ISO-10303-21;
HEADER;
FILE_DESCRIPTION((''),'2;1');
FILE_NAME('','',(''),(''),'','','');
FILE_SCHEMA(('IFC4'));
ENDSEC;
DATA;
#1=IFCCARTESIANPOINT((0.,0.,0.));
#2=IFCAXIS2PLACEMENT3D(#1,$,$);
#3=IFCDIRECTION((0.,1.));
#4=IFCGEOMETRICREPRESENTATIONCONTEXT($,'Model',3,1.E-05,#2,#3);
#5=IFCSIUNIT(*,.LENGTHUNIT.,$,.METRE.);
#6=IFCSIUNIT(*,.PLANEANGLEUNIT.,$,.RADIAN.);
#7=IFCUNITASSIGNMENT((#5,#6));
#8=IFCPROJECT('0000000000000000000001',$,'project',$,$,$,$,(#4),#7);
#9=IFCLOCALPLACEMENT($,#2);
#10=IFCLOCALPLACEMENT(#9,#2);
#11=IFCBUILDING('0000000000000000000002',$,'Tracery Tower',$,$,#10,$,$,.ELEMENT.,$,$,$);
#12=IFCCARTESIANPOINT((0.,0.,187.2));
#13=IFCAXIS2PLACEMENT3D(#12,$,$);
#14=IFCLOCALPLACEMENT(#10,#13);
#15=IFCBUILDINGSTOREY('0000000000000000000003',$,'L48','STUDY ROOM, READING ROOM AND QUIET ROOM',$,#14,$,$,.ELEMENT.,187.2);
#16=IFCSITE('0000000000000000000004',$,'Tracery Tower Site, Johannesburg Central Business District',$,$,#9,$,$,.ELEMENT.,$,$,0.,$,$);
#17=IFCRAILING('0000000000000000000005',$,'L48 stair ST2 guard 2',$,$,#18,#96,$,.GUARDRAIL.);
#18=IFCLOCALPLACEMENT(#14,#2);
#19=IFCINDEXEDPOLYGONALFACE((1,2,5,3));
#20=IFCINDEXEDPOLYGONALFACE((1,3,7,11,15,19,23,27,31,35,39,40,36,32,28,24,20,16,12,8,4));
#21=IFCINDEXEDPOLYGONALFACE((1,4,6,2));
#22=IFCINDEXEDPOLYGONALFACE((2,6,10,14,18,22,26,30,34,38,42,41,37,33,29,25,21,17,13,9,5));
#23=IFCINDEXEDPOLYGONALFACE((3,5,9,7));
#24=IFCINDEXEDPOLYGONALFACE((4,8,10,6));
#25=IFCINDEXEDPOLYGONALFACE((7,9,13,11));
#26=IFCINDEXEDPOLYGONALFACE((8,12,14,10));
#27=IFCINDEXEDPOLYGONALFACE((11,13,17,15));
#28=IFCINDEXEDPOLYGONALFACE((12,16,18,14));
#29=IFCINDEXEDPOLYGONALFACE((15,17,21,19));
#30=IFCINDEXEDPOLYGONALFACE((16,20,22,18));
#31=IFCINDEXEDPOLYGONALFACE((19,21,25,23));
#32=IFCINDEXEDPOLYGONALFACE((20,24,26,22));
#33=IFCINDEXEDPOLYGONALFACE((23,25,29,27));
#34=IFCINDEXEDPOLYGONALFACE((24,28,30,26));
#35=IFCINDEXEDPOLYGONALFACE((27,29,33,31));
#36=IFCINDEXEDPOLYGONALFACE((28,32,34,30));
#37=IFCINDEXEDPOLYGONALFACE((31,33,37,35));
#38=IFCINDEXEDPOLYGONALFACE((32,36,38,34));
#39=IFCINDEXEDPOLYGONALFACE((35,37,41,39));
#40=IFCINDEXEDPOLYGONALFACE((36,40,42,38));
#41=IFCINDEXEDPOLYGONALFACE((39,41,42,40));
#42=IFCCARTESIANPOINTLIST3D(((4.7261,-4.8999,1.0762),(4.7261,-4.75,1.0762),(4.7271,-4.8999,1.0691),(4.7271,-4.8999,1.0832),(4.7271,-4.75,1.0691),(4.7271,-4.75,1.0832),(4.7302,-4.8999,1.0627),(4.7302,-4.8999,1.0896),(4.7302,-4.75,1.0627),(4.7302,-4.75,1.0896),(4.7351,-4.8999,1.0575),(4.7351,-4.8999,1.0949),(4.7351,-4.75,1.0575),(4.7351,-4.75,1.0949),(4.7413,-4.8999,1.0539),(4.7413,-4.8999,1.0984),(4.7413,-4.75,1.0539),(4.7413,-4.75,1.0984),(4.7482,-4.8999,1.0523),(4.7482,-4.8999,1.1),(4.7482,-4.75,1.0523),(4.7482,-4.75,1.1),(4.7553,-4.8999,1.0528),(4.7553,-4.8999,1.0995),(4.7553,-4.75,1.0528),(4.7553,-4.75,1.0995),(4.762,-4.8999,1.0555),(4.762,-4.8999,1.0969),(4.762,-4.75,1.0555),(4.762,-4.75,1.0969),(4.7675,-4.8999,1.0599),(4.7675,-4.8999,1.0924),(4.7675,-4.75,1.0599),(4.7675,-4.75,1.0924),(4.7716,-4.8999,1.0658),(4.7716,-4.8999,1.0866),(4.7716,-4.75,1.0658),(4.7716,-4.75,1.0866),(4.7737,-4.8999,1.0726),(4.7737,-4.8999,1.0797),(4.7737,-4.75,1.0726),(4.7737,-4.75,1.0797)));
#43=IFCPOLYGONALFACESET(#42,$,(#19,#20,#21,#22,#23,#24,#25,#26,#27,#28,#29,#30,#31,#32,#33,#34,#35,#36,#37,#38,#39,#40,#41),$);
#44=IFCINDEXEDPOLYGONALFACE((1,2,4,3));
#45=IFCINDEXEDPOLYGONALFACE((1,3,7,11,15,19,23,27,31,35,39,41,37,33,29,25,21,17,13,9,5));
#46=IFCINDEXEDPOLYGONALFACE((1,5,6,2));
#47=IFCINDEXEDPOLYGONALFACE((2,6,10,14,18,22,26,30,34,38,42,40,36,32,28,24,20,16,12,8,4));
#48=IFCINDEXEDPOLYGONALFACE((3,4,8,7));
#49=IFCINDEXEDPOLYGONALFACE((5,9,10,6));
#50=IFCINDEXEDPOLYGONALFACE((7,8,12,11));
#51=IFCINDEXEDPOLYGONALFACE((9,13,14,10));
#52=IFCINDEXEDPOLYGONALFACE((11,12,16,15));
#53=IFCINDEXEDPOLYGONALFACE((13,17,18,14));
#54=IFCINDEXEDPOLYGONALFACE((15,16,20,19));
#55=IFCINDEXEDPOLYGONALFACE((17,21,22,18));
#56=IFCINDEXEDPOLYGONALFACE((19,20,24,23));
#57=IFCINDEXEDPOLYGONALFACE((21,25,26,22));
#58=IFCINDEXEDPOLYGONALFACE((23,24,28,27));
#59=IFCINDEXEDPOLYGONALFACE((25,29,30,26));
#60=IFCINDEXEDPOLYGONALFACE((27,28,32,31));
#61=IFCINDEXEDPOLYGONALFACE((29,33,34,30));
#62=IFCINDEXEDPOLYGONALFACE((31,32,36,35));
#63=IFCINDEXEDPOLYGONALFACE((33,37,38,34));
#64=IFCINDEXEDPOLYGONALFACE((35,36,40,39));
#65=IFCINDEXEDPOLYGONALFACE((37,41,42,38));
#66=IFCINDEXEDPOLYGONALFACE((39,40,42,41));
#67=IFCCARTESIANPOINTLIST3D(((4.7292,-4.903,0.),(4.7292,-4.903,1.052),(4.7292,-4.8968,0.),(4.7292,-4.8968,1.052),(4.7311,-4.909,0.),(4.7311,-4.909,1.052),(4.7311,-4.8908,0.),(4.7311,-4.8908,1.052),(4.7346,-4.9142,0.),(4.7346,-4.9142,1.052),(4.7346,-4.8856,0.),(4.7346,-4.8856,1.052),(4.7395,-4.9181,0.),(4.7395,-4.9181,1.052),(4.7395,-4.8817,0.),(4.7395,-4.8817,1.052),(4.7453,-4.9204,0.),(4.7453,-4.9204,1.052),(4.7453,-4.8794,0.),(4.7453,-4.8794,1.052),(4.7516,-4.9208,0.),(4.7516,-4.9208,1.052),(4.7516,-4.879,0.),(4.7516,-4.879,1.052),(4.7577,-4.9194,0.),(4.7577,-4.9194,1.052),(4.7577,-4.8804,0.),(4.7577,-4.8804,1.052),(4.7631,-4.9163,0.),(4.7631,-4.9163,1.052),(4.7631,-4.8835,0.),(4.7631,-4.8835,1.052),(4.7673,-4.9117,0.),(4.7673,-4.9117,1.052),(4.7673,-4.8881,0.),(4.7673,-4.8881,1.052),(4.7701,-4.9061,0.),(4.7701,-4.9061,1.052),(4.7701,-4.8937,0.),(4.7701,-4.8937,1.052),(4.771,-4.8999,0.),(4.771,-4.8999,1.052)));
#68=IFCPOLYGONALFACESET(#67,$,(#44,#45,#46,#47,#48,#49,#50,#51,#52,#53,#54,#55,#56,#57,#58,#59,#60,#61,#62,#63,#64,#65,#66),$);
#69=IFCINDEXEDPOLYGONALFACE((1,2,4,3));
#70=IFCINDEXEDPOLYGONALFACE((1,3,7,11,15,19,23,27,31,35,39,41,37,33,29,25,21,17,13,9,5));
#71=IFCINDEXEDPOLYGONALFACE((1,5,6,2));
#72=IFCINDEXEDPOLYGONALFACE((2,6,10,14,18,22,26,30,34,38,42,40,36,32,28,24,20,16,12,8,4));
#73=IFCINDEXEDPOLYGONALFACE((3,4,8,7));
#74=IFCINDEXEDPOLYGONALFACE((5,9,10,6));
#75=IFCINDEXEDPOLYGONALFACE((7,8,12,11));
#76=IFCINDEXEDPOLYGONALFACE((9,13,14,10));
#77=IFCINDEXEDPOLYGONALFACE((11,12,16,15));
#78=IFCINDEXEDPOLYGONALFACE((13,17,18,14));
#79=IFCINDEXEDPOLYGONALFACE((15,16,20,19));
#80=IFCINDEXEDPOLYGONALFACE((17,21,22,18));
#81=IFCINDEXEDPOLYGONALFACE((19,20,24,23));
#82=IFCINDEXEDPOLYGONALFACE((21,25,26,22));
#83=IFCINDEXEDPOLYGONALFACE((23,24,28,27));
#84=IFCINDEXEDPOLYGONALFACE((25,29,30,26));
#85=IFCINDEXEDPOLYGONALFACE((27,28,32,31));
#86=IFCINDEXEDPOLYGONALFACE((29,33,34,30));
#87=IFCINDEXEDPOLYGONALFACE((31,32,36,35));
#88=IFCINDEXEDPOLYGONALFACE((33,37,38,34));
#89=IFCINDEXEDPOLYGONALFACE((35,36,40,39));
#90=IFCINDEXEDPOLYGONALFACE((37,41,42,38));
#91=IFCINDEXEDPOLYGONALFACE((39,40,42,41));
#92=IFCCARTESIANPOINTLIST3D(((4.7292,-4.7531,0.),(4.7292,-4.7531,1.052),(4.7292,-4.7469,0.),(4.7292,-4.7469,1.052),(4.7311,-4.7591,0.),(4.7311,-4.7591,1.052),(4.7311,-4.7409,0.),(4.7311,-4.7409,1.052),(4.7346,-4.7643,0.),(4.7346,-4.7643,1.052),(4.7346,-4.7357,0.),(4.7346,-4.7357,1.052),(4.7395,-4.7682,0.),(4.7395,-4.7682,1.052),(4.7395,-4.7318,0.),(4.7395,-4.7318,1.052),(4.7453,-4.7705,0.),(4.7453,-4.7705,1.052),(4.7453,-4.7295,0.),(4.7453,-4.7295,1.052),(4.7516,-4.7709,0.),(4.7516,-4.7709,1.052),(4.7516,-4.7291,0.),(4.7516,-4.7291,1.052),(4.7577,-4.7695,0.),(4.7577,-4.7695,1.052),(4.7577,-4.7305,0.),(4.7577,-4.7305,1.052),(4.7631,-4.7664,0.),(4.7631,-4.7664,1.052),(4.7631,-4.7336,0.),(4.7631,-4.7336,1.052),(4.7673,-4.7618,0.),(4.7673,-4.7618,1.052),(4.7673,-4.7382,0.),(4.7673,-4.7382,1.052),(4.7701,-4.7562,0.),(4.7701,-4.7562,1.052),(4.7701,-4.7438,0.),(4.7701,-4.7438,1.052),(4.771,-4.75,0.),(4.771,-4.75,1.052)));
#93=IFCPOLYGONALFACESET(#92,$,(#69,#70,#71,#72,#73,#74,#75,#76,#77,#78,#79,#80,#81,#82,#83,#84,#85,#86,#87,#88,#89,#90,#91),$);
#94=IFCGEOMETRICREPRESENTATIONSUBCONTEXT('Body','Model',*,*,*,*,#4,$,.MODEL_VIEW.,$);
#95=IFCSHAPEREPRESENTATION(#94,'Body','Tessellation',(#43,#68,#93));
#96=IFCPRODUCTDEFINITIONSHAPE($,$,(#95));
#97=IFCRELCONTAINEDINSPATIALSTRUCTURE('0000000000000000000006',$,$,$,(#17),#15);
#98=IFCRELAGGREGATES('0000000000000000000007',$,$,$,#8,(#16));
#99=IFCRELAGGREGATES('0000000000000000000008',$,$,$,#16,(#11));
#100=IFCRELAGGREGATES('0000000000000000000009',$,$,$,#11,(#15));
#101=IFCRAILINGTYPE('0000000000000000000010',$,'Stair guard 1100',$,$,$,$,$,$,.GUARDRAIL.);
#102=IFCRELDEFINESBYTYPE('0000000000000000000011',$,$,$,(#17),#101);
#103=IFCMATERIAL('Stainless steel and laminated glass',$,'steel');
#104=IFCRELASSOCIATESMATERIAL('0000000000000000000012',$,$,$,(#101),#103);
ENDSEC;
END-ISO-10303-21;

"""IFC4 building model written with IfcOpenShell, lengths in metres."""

from ifc_helpers import new_model, si_unit, direction, frame, origin, origin_2d, place, context, subcontext, project, spatial, circle, extrude, material, type_object, element, save


model = new_model("IFC4")

# Units and contexts
model_context = context("Model", 3, precision=1e-05, world=origin(), true_north=direction((0.0, 1.0)))
body_context = subcontext(model_context, "Body", "Model", "MODEL_VIEW")
ifc_project = project(units=[si_unit("LENGTHUNIT", "METRE"), si_unit("PLANEANGLEUNIT", "RADIAN")], contexts=[model_context])

# Site, building, storey
site_placement = place(None, origin())
site = spatial("IfcSite", under=ifc_project, at=site_placement, Name="Tracery Tower Site, Johannesburg Central Business District", CompositionType="ELEMENT", RefElevation=0.0)
building_placement = place(site_placement, origin())
building = spatial("IfcBuilding", under=site, at=building_placement, Name="Tracery Tower", CompositionType="ELEMENT")
storey_placement = place(building_placement, frame((0.0, 0.0, 187.2)))
storey = spatial("IfcBuildingStorey", under=building, at=storey_placement, Name="L48", Description="STUDY ROOM, READING ROOM AND QUIET ROOM", CompositionType="ELEMENT", Elevation=187.2)

# Railing
ifc_material_1 = material(Name="Stainless steel and laminated glass", Category="steel")
railing_type_1 = type_object("IfcRailingType", Name="Stair guard 1100", PredefinedType="GUARDRAIL", material=ifc_material_1)
railing_1_placement = place(storey_placement, frame((4.75, -4.8999, 0.0)))
element("IfcRailing", 1, at=railing_1_placement, inside=storey, type_object=railing_type_1, Name="L48 stair ST2 guard 2", PredefinedType="GUARDRAIL", context=body_context, shape_type="SweptSolid", body=[
    extrude(circle(Radius=0.0239, at=origin_2d()), frame((0.0, 0.0, 1.0762), z_axis=(0.0, 1.0, 0.0), x_axis=(-1.0, 0.0, 0.0)), (0.0, 0.0, 1.0), 0.1499),
    extrude(circle(Radius=0.021, at=origin_2d()), origin(), (0.0, 0.0, 1.0), 1.052),
    extrude(circle(Radius=0.021, at=origin_2d()), frame((0.0, 0.1499, 0.0)), (0.0, 0.0, 1.0), 1.052),
])

save(model, "model.ifc")
